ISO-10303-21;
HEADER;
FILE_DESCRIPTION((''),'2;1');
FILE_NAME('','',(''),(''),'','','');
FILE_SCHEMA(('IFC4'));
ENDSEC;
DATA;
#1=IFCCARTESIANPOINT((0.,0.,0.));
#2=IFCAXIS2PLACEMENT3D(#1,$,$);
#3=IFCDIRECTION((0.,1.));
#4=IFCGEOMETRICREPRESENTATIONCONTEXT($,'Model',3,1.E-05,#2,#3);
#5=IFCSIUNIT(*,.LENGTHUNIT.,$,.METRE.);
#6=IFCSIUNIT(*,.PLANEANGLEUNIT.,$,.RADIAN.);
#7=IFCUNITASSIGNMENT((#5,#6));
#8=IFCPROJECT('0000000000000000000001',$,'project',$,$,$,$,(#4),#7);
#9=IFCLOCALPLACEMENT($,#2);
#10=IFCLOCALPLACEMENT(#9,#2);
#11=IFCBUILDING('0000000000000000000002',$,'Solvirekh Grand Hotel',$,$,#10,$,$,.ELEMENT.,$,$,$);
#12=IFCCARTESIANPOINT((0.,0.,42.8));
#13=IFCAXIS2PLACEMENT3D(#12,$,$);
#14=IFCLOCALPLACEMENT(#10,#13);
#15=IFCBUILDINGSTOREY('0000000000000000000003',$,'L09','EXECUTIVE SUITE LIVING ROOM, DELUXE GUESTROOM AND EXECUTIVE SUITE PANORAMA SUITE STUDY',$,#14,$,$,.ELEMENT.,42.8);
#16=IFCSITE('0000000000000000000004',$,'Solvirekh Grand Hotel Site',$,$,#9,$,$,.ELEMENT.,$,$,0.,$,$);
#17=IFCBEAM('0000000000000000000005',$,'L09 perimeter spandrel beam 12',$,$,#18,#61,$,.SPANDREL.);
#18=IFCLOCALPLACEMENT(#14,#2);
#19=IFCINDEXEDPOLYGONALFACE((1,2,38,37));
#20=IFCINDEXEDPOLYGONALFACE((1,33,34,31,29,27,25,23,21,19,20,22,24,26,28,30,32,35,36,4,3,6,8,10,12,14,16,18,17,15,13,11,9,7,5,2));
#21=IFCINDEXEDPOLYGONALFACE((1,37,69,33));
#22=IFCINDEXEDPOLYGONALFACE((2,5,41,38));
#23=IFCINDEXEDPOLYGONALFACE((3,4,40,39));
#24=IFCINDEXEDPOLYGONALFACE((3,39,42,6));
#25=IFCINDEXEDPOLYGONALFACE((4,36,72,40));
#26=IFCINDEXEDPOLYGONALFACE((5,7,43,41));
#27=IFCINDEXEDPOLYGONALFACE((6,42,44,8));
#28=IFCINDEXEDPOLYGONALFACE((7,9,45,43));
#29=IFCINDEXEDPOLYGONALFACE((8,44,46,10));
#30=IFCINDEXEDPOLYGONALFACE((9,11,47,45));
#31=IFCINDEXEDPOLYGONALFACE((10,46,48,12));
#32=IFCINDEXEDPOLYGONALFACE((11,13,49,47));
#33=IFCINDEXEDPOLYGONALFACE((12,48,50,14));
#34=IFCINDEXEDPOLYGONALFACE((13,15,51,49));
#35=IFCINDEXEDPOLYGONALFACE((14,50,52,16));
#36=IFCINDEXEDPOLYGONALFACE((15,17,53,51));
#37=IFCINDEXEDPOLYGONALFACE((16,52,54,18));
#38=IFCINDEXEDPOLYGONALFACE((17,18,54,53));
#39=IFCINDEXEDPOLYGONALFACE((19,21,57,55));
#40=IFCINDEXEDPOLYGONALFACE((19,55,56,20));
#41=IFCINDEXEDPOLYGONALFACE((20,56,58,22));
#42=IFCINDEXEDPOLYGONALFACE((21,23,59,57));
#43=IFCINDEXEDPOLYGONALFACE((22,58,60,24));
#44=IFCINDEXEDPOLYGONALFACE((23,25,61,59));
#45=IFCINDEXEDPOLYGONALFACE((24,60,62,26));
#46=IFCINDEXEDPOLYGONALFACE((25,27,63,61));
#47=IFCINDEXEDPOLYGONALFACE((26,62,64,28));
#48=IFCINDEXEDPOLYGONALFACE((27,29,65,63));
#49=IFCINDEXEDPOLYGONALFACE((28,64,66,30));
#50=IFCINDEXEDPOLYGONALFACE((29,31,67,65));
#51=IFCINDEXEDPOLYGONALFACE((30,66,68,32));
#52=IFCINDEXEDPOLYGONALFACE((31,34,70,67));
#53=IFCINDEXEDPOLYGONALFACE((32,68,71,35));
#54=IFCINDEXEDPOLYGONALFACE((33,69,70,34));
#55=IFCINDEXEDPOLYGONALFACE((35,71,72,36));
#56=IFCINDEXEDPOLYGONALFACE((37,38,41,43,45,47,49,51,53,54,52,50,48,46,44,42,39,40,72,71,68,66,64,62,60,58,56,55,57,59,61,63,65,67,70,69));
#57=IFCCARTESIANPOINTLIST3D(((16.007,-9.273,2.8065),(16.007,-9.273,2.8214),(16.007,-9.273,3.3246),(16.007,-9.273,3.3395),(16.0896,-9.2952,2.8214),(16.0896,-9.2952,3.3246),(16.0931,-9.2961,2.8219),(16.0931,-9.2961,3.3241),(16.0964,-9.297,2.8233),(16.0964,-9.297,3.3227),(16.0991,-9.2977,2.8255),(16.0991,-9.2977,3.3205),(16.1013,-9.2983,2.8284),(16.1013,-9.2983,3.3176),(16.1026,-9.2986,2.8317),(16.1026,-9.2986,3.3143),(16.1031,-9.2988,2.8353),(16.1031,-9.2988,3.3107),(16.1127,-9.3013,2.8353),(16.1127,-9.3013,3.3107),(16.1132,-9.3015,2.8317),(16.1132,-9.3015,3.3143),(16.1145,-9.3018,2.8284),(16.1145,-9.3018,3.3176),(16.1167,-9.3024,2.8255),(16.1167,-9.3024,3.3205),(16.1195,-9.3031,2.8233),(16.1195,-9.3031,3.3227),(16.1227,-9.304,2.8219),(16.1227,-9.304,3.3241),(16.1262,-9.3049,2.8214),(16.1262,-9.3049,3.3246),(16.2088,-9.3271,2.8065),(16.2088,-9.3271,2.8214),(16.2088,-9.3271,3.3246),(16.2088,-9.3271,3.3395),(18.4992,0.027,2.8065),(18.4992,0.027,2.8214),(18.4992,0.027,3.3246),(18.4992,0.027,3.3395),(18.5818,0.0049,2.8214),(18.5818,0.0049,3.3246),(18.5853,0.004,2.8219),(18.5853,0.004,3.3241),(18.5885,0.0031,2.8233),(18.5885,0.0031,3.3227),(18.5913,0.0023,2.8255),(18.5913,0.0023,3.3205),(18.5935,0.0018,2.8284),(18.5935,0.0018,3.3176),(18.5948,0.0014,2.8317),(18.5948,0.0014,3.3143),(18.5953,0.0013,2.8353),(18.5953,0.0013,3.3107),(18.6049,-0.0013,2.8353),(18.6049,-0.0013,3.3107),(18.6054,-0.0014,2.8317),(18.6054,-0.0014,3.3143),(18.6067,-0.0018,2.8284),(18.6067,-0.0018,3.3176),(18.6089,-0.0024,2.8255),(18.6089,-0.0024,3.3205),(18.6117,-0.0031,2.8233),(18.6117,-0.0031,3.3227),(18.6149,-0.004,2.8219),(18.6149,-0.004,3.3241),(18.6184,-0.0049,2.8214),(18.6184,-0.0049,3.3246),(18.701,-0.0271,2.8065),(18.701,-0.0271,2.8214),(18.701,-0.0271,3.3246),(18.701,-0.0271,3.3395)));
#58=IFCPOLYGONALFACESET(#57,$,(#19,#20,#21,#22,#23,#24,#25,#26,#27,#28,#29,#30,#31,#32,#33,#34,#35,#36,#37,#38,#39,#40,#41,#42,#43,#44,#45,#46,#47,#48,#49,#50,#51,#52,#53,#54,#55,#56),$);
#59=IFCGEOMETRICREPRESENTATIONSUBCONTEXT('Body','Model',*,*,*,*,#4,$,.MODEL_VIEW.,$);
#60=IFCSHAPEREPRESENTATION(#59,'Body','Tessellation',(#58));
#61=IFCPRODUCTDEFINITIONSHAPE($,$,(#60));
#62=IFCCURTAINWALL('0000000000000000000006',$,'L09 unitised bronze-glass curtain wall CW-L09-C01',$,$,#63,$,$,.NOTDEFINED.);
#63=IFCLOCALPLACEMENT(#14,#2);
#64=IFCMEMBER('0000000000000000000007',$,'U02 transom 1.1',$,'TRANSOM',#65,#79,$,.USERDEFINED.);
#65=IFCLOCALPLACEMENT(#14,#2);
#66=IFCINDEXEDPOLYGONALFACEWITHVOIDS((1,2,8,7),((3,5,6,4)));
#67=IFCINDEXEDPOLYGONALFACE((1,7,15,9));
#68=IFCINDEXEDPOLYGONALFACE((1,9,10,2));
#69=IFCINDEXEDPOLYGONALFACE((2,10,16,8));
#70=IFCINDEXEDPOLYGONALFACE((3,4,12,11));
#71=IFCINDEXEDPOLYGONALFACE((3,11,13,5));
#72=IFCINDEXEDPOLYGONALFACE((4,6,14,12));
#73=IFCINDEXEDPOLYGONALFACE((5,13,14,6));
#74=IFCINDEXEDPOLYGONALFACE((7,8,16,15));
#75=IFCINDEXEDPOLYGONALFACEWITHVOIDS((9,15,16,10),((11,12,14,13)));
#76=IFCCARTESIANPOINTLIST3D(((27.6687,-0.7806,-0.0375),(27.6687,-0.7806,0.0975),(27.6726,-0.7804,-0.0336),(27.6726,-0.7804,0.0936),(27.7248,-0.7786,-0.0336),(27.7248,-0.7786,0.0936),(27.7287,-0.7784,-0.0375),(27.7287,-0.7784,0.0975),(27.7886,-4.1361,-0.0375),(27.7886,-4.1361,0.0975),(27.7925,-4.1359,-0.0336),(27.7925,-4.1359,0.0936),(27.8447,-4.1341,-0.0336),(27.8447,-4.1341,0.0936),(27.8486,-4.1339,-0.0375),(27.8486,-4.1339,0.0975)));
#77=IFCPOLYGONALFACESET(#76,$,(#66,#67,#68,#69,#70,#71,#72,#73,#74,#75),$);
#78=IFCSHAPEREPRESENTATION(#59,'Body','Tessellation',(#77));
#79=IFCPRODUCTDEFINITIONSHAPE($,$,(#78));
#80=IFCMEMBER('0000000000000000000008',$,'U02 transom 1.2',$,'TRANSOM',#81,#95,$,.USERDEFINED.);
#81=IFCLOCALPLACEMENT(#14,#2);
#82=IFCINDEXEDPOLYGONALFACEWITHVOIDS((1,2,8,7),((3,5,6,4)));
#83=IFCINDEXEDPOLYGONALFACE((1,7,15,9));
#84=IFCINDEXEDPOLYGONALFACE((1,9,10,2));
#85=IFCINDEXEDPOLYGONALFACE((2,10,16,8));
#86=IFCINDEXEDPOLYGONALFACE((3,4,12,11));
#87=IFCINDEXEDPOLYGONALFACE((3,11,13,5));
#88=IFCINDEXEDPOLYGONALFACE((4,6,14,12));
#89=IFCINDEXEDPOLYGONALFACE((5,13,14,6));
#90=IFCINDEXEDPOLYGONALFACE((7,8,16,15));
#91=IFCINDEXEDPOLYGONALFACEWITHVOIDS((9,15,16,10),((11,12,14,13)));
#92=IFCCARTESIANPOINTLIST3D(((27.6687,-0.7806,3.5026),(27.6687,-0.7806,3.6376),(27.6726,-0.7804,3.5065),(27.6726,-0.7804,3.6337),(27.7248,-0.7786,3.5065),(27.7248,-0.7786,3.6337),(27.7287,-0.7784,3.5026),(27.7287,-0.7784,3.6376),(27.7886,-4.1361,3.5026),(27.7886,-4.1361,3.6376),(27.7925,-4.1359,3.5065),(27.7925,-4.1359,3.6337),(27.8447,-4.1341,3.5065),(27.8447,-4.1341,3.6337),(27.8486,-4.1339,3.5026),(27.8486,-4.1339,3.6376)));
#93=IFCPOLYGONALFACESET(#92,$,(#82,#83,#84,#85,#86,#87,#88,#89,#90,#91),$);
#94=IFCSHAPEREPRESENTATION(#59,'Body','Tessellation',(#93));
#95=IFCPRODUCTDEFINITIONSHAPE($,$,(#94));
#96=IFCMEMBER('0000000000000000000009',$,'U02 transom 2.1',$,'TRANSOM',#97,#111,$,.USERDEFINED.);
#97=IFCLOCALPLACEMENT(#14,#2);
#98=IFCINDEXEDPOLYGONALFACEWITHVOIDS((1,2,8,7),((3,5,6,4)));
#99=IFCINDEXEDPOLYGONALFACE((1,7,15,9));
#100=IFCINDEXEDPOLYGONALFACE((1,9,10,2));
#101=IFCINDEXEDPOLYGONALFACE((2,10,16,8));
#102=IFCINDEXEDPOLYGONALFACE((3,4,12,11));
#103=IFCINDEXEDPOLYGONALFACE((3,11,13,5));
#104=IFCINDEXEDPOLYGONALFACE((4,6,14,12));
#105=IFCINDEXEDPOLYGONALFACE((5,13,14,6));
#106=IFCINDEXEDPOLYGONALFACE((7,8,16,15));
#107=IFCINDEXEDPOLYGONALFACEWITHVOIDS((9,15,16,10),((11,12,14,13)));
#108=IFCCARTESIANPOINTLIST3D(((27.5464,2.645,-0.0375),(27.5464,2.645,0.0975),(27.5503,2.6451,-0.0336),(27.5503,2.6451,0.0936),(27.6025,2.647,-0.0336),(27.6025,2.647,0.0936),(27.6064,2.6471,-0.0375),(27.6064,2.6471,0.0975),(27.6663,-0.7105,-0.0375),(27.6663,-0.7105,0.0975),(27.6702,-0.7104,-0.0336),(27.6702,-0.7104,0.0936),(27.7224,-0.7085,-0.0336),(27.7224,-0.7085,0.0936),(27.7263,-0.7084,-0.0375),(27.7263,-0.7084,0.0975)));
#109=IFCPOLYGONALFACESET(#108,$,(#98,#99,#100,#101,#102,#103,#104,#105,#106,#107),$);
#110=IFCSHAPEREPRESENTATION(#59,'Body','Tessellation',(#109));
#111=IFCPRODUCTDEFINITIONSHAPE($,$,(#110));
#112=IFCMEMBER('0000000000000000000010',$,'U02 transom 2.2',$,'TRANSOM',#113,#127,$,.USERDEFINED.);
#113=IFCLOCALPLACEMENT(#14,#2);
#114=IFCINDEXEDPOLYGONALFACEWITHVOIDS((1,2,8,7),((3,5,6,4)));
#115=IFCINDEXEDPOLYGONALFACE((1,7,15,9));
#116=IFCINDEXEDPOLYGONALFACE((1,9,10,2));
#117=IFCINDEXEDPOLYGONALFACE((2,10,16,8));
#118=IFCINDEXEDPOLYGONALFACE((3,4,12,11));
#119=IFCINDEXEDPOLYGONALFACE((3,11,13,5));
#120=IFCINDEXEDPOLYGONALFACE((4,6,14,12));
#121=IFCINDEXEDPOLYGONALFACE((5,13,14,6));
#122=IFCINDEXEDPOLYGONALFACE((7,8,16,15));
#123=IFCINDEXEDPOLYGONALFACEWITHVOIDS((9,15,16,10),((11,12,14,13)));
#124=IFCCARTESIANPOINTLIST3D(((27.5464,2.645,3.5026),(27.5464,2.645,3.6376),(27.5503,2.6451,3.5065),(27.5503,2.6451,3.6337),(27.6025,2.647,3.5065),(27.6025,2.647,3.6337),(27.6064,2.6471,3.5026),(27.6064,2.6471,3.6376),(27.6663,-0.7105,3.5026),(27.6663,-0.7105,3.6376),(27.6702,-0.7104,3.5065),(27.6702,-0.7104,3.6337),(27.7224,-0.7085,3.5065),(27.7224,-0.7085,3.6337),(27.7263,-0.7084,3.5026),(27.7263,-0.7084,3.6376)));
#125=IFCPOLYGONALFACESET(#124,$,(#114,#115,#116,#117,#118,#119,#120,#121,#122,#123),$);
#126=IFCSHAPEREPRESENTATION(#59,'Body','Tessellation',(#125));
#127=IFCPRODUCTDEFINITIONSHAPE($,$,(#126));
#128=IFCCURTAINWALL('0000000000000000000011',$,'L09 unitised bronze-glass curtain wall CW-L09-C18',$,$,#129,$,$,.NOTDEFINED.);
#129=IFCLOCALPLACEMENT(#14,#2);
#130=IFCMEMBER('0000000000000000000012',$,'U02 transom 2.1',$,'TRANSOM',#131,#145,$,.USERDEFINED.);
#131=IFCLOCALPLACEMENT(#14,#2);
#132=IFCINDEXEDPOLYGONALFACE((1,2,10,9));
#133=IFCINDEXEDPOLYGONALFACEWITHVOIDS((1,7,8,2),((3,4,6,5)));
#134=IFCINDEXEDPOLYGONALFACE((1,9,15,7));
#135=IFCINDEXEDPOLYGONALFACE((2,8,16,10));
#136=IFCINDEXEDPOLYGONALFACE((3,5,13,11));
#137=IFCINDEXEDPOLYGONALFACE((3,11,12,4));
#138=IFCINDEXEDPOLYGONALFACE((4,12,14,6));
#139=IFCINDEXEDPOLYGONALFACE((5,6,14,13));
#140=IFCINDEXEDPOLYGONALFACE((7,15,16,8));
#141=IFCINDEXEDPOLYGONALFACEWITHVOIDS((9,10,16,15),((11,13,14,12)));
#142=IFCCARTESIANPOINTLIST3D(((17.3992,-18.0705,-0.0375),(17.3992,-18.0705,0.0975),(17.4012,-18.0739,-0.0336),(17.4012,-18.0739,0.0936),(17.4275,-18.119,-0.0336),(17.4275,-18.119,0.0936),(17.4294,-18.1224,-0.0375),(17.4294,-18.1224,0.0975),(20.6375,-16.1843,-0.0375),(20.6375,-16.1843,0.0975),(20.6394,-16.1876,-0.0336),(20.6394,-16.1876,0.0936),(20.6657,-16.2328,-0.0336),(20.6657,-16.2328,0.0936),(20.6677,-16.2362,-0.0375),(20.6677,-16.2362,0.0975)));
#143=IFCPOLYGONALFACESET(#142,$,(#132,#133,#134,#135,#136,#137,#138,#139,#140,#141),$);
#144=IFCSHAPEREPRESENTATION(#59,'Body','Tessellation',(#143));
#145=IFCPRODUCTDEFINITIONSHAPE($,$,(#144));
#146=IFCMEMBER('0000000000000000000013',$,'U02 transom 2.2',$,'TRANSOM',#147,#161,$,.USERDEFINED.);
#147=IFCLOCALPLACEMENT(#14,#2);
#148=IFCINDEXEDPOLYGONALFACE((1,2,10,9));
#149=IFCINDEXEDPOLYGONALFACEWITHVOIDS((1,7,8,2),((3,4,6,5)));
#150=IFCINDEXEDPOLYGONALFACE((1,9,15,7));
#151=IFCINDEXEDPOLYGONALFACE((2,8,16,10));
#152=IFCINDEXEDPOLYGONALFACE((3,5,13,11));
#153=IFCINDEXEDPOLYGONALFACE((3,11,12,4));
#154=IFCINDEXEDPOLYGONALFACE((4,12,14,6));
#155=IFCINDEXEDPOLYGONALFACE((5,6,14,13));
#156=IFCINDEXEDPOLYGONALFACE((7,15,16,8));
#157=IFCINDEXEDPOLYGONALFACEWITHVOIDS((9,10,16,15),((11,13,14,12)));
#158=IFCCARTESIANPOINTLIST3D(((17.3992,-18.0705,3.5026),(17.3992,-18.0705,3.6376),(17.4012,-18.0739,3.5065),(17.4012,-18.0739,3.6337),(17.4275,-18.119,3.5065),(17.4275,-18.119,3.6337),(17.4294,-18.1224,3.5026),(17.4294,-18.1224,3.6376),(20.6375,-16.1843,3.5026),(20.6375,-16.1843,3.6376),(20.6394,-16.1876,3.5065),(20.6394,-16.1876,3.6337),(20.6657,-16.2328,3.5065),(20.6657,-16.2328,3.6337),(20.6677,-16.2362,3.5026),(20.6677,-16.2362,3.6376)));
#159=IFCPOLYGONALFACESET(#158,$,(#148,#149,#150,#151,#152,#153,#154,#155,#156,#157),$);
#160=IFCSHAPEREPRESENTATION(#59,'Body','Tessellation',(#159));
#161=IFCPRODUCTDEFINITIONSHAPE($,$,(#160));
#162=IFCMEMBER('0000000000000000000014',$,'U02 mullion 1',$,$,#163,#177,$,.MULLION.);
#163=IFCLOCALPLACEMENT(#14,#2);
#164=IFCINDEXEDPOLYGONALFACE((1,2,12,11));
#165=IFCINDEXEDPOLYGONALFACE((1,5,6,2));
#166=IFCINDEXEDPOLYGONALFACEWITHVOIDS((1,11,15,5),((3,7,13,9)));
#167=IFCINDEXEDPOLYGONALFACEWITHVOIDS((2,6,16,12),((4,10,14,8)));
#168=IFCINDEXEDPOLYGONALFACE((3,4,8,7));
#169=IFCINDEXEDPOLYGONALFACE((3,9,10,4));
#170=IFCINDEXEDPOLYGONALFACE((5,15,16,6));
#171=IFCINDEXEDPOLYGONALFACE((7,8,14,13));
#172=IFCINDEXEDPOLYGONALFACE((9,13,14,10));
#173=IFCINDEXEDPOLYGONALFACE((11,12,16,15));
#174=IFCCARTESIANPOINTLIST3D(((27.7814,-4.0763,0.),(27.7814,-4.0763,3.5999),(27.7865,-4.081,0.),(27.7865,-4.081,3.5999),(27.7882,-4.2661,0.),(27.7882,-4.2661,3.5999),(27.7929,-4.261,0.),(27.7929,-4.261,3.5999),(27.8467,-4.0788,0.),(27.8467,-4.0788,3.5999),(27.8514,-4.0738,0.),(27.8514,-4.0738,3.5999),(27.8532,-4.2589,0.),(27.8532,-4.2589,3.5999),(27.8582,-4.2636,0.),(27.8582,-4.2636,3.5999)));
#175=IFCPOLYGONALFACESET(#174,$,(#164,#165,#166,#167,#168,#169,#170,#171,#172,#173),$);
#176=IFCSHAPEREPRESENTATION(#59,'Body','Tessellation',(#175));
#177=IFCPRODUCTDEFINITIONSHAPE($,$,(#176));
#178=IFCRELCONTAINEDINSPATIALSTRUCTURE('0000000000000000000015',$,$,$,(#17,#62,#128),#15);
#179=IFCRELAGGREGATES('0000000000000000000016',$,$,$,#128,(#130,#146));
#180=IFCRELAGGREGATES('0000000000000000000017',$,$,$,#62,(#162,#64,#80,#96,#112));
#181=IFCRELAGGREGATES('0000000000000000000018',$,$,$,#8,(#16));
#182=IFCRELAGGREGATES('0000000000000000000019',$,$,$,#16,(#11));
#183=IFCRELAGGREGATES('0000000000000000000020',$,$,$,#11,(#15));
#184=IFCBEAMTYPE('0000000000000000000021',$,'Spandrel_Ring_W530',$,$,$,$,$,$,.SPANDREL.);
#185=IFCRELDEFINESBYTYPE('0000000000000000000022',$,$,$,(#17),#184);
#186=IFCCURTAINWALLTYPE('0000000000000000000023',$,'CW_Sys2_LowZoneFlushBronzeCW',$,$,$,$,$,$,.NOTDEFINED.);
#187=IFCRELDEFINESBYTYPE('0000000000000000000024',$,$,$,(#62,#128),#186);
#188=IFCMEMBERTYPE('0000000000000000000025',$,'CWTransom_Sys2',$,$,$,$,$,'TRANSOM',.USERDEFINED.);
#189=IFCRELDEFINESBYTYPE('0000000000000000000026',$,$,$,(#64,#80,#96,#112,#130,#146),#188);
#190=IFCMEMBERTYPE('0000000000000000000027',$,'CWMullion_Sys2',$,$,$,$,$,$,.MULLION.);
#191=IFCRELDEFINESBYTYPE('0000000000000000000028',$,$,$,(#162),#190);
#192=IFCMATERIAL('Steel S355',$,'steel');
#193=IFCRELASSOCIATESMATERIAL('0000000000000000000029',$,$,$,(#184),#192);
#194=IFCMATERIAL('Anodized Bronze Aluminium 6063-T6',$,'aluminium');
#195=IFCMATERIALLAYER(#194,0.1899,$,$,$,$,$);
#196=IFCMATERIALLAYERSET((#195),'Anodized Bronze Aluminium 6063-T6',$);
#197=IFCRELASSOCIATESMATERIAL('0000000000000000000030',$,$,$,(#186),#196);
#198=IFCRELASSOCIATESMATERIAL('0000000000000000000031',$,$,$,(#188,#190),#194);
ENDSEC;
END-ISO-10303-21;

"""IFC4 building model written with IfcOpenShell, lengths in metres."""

from ifc_helpers import new_model, si_unit, direction, frame, origin, origin_2d, place, context, subcontext, project, spatial, hollow_rectangle, i_section, extrude, source, transform, mapped, material, layer, layer_set, material_profile, profile_set, type_object, element, aggregate, save


model = new_model("IFC4")

# Units and contexts
model_context = context("Model", 3, precision=1e-05, world=origin(), true_north=direction((0.0, 1.0)))
body_context = subcontext(model_context, "Body", "Model", "MODEL_VIEW")
ifc_project = project(units=[si_unit("LENGTHUNIT", "METRE"), si_unit("PLANEANGLEUNIT", "RADIAN")], contexts=[model_context])

# Site, building, storey
site_placement = place(None, origin())
site = spatial("IfcSite", under=ifc_project, at=site_placement, Name="Solvirekh Grand Hotel Site", CompositionType="ELEMENT", RefElevation=0.0)
building_placement = place(site_placement, origin())
building = spatial("IfcBuilding", under=site, at=building_placement, Name="Solvirekh Grand Hotel", CompositionType="ELEMENT")
storey_placement = place(building_placement, frame((0.0, 0.0, 42.8)))
storey = spatial("IfcBuildingStorey", under=building, at=storey_placement, Name="L09", Description="EXECUTIVE SUITE LIVING ROOM, DELUXE GUESTROOM AND EXECUTIVE SUITE PANORAMA SUITE STUDY", CompositionType="ELEMENT", Elevation=42.8)

# Beam
ifc_material_1 = material(Name="Steel S355", Category="steel")
ifc_material_profile_1 = material_profile(ifc_material_1, i_section(OverallWidth=0.209, OverallDepth=0.533, WebThickness=0.01, FlangeThickness=0.0149, FilletRadius=0.0139, at=origin_2d()), Name="W530X92")
ifc_profile_set_1 = profile_set([ifc_material_profile_1], Name="Steel S355")
beam_type = type_object("IfcBeamType", Name="Spandrel_Ring_W530", PredefinedType="SPANDREL", material=ifc_profile_set_1)
beam_placement = place(storey_placement, frame((16.1079, -9.3, 3.073), z_axis=(0.258843, 0.965919, 0.0), x_axis=(-0.965919, 0.258843, 0.0)))
element("IfcBeam", 1, at=beam_placement, inside=storey, type_object=beam_type, Name="L09 perimeter spandrel beam 12", PredefinedType="SPANDREL", context=body_context, shape_type="SweptSolid", body=[
    extrude(i_section(OverallWidth=0.209, OverallDepth=0.533, WebThickness=0.01, FlangeThickness=0.0149, FilletRadius=0.0139, at=origin_2d()), origin(), (0.0, 0.0, 1.0), 9.6282),
])

# Curtain walls, members
ifc_material_2 = material(Name="Anodized Bronze Aluminium 6063-T6", Category="aluminium")
ifc_layer_1 = layer(ifc_material_2, 0.1899)
ifc_layer_set_1 = layer_set([ifc_layer_1], Name="Anodized Bronze Aluminium 6063-T6")
curtain_wall_type = type_object("IfcCurtainWallType", Name="CW_Sys2_LowZoneFlushBronzeCW", PredefinedType="NOTDEFINED", material=ifc_layer_set_1)
curtain_wall_1_placement = place(storey_placement, origin())
curtain_wall_1 = element("IfcCurtainWall", 2, at=curtain_wall_1_placement, inside=storey, type_object=curtain_wall_type, Name="L09 unitised bronze-glass curtain wall CW-L09-C01", PredefinedType="NOTDEFINED")
ifc_material_profile_2 = material_profile(ifc_material_2, hollow_rectangle(XDim=0.0601, YDim=0.135, WallThickness=0.0039, at=origin_2d()), Name="ALU RHS 135X60X4")
ifc_profile_set_2 = profile_set([ifc_material_profile_2], Name="Anodized Bronze Aluminium 6063-T6")
member_type_1 = type_object("IfcMemberType", Name="CWTransom_Sys2", ElementType="TRANSOM", PredefinedType="USERDEFINED", material=ifc_profile_set_2)
shared_shape_1 = source(origin(), body_context, "Body", "SweptSolid", [
    extrude(hollow_rectangle(XDim=0.0601, YDim=0.135, WallThickness=0.0039, at=origin_2d()), origin(), (0.0, 0.0, 1.0), 3.3577),
])
member_1_placement = place(storey_placement, frame((27.8186, -4.135, 0.03), z_axis=(-0.035702, 0.999362, 0.0), x_axis=(-0.999362, -0.035702, 0.0)))
member_1 = element("IfcMember", 3, at=member_1_placement, type_object=member_type_1, Name="U02 transom 1.1", ObjectType="TRANSOM", PredefinedType="USERDEFINED", context=body_context, shape_type="MappedRepresentation", body=[
    mapped(shared_shape_1, transform((0.0, 0.0, 0.0), x_axis=(1.0, 0.0, 0.0), y_axis=(0.0, 1.0, 0.0), z_axis=(0.0, 0.0, 1.0), scale=1.0)),
])
member_2_placement = place(storey_placement, frame((27.8186, -4.135, 3.5701), z_axis=(-0.035702, 0.999362, 0.0), x_axis=(-0.999362, -0.035702, 0.0)))
member_2 = element("IfcMember", 4, at=member_2_placement, type_object=member_type_1, Name="U02 transom 1.2", ObjectType="TRANSOM", PredefinedType="USERDEFINED", context=body_context, shape_type="MappedRepresentation", body=[
    mapped(shared_shape_1, transform((0.0, 0.0, 0.0), x_axis=(1.0, 0.0, 0.0), y_axis=(0.0, 1.0, 0.0), z_axis=(0.0, 0.0, 1.0), scale=1.0)),
])
member_3_placement = place(storey_placement, frame((27.6963, -0.7095, 0.03), z_axis=(-0.035702, 0.999362, 0.0), x_axis=(-0.999362, -0.035702, 0.0)))
member_3 = element("IfcMember", 5, at=member_3_placement, type_object=member_type_1, Name="U02 transom 2.1", ObjectType="TRANSOM", PredefinedType="USERDEFINED", context=body_context, shape_type="MappedRepresentation", body=[
    mapped(shared_shape_1, transform((0.0, 0.0, 0.0), x_axis=(1.0, 0.0, 0.0), y_axis=(0.0, 1.0, 0.0), z_axis=(0.0, 0.0, 1.0), scale=1.0)),
])
member_4_placement = place(storey_placement, frame((27.6963, -0.7095, 3.5701), z_axis=(-0.035702, 0.999362, 0.0), x_axis=(-0.999362, -0.035702, 0.0)))
member_4 = element("IfcMember", 6, at=member_4_placement, type_object=member_type_1, Name="U02 transom 2.2", ObjectType="TRANSOM", PredefinedType="USERDEFINED", context=body_context, shape_type="MappedRepresentation", body=[
    mapped(shared_shape_1, transform((0.0, 0.0, 0.0), x_axis=(1.0, 0.0, 0.0), y_axis=(0.0, 1.0, 0.0), z_axis=(0.0, 0.0, 1.0), scale=1.0)),
])
curtain_wall_2_placement = place(storey_placement, origin())
curtain_wall_2 = element("IfcCurtainWall", 7, at=curtain_wall_2_placement, inside=storey, type_object=curtain_wall_type, Name="L09 unitised bronze-glass curtain wall CW-L09-C18", PredefinedType="NOTDEFINED")
shared_shape_2 = source(origin(), body_context, "Body", "SweptSolid", [
    extrude(hollow_rectangle(XDim=0.0601, YDim=0.135, WallThickness=0.0039, at=origin_2d()), origin(), (0.0, 0.0, 1.0), 3.7476),
])
member_5_placement = place(storey_placement, frame((17.4143, -18.0964, 0.03), z_axis=(0.8641, 0.50332, 0.0), x_axis=(-0.50332, 0.8641, 0.0)))
member_5 = element("IfcMember", 8, at=member_5_placement, type_object=member_type_1, Name="U02 transom 2.1", ObjectType="TRANSOM", PredefinedType="USERDEFINED", context=body_context, shape_type="MappedRepresentation", body=[
    mapped(shared_shape_2, transform((0.0, 0.0, 0.0), x_axis=(1.0, 0.0, 0.0), y_axis=(0.0, 1.0, 0.0), z_axis=(0.0, 0.0, 1.0), scale=1.0)),
])
member_6_placement = place(storey_placement, frame((17.4143, -18.0964, 3.5701), z_axis=(0.8641, 0.50332, 0.0), x_axis=(-0.50332, 0.8641, 0.0)))
member_6 = element("IfcMember", 9, at=member_6_placement, type_object=member_type_1, Name="U02 transom 2.2", ObjectType="TRANSOM", PredefinedType="USERDEFINED", context=body_context, shape_type="MappedRepresentation", body=[
    mapped(shared_shape_2, transform((0.0, 0.0, 0.0), x_axis=(1.0, 0.0, 0.0), y_axis=(0.0, 1.0, 0.0), z_axis=(0.0, 0.0, 1.0), scale=1.0)),
])

# Member
ifc_material_profile_3 = material_profile(ifc_material_2, hollow_rectangle(XDim=0.0701, YDim=0.1899, WallThickness=0.0049, at=origin_2d()), Name="ALU RHS 190X70X5")
ifc_profile_set_3 = profile_set([ifc_material_profile_3], Name="Anodized Bronze Aluminium 6063-T6")
member_type_2 = type_object("IfcMemberType", Name="CWMullion_Sys2", PredefinedType="MULLION", material=ifc_profile_set_3)
shared_shape_3 = source(origin(), body_context, "Body", "SweptSolid", [
    extrude(hollow_rectangle(XDim=0.0701, YDim=0.1899, WallThickness=0.0049, at=origin_2d()), origin(), (0.0, 0.0, 1.0), 3.5999),
])
member_7_placement = place(storey_placement, frame((27.8198, -4.1699, 0.0), z_axis=(0.0, 0.0, 1.0), x_axis=(-0.999364, -0.035666, 0.0)))
member_7 = element("IfcMember", 10, at=member_7_placement, type_object=member_type_2, Name="U02 mullion 1", PredefinedType="MULLION", context=body_context, shape_type="MappedRepresentation", body=[
    mapped(shared_shape_3, transform((0.0, 0.0, 0.0), x_axis=(1.0, 0.0, 0.0), y_axis=(0.0, 1.0, 0.0), z_axis=(0.0, 0.0, 1.0), scale=1.0)),
])

aggregate(curtain_wall_2, [member_5, member_6])
aggregate(curtain_wall_1, [member_7, member_1, member_2, member_3, member_4])

save(model, "model.ifc")
